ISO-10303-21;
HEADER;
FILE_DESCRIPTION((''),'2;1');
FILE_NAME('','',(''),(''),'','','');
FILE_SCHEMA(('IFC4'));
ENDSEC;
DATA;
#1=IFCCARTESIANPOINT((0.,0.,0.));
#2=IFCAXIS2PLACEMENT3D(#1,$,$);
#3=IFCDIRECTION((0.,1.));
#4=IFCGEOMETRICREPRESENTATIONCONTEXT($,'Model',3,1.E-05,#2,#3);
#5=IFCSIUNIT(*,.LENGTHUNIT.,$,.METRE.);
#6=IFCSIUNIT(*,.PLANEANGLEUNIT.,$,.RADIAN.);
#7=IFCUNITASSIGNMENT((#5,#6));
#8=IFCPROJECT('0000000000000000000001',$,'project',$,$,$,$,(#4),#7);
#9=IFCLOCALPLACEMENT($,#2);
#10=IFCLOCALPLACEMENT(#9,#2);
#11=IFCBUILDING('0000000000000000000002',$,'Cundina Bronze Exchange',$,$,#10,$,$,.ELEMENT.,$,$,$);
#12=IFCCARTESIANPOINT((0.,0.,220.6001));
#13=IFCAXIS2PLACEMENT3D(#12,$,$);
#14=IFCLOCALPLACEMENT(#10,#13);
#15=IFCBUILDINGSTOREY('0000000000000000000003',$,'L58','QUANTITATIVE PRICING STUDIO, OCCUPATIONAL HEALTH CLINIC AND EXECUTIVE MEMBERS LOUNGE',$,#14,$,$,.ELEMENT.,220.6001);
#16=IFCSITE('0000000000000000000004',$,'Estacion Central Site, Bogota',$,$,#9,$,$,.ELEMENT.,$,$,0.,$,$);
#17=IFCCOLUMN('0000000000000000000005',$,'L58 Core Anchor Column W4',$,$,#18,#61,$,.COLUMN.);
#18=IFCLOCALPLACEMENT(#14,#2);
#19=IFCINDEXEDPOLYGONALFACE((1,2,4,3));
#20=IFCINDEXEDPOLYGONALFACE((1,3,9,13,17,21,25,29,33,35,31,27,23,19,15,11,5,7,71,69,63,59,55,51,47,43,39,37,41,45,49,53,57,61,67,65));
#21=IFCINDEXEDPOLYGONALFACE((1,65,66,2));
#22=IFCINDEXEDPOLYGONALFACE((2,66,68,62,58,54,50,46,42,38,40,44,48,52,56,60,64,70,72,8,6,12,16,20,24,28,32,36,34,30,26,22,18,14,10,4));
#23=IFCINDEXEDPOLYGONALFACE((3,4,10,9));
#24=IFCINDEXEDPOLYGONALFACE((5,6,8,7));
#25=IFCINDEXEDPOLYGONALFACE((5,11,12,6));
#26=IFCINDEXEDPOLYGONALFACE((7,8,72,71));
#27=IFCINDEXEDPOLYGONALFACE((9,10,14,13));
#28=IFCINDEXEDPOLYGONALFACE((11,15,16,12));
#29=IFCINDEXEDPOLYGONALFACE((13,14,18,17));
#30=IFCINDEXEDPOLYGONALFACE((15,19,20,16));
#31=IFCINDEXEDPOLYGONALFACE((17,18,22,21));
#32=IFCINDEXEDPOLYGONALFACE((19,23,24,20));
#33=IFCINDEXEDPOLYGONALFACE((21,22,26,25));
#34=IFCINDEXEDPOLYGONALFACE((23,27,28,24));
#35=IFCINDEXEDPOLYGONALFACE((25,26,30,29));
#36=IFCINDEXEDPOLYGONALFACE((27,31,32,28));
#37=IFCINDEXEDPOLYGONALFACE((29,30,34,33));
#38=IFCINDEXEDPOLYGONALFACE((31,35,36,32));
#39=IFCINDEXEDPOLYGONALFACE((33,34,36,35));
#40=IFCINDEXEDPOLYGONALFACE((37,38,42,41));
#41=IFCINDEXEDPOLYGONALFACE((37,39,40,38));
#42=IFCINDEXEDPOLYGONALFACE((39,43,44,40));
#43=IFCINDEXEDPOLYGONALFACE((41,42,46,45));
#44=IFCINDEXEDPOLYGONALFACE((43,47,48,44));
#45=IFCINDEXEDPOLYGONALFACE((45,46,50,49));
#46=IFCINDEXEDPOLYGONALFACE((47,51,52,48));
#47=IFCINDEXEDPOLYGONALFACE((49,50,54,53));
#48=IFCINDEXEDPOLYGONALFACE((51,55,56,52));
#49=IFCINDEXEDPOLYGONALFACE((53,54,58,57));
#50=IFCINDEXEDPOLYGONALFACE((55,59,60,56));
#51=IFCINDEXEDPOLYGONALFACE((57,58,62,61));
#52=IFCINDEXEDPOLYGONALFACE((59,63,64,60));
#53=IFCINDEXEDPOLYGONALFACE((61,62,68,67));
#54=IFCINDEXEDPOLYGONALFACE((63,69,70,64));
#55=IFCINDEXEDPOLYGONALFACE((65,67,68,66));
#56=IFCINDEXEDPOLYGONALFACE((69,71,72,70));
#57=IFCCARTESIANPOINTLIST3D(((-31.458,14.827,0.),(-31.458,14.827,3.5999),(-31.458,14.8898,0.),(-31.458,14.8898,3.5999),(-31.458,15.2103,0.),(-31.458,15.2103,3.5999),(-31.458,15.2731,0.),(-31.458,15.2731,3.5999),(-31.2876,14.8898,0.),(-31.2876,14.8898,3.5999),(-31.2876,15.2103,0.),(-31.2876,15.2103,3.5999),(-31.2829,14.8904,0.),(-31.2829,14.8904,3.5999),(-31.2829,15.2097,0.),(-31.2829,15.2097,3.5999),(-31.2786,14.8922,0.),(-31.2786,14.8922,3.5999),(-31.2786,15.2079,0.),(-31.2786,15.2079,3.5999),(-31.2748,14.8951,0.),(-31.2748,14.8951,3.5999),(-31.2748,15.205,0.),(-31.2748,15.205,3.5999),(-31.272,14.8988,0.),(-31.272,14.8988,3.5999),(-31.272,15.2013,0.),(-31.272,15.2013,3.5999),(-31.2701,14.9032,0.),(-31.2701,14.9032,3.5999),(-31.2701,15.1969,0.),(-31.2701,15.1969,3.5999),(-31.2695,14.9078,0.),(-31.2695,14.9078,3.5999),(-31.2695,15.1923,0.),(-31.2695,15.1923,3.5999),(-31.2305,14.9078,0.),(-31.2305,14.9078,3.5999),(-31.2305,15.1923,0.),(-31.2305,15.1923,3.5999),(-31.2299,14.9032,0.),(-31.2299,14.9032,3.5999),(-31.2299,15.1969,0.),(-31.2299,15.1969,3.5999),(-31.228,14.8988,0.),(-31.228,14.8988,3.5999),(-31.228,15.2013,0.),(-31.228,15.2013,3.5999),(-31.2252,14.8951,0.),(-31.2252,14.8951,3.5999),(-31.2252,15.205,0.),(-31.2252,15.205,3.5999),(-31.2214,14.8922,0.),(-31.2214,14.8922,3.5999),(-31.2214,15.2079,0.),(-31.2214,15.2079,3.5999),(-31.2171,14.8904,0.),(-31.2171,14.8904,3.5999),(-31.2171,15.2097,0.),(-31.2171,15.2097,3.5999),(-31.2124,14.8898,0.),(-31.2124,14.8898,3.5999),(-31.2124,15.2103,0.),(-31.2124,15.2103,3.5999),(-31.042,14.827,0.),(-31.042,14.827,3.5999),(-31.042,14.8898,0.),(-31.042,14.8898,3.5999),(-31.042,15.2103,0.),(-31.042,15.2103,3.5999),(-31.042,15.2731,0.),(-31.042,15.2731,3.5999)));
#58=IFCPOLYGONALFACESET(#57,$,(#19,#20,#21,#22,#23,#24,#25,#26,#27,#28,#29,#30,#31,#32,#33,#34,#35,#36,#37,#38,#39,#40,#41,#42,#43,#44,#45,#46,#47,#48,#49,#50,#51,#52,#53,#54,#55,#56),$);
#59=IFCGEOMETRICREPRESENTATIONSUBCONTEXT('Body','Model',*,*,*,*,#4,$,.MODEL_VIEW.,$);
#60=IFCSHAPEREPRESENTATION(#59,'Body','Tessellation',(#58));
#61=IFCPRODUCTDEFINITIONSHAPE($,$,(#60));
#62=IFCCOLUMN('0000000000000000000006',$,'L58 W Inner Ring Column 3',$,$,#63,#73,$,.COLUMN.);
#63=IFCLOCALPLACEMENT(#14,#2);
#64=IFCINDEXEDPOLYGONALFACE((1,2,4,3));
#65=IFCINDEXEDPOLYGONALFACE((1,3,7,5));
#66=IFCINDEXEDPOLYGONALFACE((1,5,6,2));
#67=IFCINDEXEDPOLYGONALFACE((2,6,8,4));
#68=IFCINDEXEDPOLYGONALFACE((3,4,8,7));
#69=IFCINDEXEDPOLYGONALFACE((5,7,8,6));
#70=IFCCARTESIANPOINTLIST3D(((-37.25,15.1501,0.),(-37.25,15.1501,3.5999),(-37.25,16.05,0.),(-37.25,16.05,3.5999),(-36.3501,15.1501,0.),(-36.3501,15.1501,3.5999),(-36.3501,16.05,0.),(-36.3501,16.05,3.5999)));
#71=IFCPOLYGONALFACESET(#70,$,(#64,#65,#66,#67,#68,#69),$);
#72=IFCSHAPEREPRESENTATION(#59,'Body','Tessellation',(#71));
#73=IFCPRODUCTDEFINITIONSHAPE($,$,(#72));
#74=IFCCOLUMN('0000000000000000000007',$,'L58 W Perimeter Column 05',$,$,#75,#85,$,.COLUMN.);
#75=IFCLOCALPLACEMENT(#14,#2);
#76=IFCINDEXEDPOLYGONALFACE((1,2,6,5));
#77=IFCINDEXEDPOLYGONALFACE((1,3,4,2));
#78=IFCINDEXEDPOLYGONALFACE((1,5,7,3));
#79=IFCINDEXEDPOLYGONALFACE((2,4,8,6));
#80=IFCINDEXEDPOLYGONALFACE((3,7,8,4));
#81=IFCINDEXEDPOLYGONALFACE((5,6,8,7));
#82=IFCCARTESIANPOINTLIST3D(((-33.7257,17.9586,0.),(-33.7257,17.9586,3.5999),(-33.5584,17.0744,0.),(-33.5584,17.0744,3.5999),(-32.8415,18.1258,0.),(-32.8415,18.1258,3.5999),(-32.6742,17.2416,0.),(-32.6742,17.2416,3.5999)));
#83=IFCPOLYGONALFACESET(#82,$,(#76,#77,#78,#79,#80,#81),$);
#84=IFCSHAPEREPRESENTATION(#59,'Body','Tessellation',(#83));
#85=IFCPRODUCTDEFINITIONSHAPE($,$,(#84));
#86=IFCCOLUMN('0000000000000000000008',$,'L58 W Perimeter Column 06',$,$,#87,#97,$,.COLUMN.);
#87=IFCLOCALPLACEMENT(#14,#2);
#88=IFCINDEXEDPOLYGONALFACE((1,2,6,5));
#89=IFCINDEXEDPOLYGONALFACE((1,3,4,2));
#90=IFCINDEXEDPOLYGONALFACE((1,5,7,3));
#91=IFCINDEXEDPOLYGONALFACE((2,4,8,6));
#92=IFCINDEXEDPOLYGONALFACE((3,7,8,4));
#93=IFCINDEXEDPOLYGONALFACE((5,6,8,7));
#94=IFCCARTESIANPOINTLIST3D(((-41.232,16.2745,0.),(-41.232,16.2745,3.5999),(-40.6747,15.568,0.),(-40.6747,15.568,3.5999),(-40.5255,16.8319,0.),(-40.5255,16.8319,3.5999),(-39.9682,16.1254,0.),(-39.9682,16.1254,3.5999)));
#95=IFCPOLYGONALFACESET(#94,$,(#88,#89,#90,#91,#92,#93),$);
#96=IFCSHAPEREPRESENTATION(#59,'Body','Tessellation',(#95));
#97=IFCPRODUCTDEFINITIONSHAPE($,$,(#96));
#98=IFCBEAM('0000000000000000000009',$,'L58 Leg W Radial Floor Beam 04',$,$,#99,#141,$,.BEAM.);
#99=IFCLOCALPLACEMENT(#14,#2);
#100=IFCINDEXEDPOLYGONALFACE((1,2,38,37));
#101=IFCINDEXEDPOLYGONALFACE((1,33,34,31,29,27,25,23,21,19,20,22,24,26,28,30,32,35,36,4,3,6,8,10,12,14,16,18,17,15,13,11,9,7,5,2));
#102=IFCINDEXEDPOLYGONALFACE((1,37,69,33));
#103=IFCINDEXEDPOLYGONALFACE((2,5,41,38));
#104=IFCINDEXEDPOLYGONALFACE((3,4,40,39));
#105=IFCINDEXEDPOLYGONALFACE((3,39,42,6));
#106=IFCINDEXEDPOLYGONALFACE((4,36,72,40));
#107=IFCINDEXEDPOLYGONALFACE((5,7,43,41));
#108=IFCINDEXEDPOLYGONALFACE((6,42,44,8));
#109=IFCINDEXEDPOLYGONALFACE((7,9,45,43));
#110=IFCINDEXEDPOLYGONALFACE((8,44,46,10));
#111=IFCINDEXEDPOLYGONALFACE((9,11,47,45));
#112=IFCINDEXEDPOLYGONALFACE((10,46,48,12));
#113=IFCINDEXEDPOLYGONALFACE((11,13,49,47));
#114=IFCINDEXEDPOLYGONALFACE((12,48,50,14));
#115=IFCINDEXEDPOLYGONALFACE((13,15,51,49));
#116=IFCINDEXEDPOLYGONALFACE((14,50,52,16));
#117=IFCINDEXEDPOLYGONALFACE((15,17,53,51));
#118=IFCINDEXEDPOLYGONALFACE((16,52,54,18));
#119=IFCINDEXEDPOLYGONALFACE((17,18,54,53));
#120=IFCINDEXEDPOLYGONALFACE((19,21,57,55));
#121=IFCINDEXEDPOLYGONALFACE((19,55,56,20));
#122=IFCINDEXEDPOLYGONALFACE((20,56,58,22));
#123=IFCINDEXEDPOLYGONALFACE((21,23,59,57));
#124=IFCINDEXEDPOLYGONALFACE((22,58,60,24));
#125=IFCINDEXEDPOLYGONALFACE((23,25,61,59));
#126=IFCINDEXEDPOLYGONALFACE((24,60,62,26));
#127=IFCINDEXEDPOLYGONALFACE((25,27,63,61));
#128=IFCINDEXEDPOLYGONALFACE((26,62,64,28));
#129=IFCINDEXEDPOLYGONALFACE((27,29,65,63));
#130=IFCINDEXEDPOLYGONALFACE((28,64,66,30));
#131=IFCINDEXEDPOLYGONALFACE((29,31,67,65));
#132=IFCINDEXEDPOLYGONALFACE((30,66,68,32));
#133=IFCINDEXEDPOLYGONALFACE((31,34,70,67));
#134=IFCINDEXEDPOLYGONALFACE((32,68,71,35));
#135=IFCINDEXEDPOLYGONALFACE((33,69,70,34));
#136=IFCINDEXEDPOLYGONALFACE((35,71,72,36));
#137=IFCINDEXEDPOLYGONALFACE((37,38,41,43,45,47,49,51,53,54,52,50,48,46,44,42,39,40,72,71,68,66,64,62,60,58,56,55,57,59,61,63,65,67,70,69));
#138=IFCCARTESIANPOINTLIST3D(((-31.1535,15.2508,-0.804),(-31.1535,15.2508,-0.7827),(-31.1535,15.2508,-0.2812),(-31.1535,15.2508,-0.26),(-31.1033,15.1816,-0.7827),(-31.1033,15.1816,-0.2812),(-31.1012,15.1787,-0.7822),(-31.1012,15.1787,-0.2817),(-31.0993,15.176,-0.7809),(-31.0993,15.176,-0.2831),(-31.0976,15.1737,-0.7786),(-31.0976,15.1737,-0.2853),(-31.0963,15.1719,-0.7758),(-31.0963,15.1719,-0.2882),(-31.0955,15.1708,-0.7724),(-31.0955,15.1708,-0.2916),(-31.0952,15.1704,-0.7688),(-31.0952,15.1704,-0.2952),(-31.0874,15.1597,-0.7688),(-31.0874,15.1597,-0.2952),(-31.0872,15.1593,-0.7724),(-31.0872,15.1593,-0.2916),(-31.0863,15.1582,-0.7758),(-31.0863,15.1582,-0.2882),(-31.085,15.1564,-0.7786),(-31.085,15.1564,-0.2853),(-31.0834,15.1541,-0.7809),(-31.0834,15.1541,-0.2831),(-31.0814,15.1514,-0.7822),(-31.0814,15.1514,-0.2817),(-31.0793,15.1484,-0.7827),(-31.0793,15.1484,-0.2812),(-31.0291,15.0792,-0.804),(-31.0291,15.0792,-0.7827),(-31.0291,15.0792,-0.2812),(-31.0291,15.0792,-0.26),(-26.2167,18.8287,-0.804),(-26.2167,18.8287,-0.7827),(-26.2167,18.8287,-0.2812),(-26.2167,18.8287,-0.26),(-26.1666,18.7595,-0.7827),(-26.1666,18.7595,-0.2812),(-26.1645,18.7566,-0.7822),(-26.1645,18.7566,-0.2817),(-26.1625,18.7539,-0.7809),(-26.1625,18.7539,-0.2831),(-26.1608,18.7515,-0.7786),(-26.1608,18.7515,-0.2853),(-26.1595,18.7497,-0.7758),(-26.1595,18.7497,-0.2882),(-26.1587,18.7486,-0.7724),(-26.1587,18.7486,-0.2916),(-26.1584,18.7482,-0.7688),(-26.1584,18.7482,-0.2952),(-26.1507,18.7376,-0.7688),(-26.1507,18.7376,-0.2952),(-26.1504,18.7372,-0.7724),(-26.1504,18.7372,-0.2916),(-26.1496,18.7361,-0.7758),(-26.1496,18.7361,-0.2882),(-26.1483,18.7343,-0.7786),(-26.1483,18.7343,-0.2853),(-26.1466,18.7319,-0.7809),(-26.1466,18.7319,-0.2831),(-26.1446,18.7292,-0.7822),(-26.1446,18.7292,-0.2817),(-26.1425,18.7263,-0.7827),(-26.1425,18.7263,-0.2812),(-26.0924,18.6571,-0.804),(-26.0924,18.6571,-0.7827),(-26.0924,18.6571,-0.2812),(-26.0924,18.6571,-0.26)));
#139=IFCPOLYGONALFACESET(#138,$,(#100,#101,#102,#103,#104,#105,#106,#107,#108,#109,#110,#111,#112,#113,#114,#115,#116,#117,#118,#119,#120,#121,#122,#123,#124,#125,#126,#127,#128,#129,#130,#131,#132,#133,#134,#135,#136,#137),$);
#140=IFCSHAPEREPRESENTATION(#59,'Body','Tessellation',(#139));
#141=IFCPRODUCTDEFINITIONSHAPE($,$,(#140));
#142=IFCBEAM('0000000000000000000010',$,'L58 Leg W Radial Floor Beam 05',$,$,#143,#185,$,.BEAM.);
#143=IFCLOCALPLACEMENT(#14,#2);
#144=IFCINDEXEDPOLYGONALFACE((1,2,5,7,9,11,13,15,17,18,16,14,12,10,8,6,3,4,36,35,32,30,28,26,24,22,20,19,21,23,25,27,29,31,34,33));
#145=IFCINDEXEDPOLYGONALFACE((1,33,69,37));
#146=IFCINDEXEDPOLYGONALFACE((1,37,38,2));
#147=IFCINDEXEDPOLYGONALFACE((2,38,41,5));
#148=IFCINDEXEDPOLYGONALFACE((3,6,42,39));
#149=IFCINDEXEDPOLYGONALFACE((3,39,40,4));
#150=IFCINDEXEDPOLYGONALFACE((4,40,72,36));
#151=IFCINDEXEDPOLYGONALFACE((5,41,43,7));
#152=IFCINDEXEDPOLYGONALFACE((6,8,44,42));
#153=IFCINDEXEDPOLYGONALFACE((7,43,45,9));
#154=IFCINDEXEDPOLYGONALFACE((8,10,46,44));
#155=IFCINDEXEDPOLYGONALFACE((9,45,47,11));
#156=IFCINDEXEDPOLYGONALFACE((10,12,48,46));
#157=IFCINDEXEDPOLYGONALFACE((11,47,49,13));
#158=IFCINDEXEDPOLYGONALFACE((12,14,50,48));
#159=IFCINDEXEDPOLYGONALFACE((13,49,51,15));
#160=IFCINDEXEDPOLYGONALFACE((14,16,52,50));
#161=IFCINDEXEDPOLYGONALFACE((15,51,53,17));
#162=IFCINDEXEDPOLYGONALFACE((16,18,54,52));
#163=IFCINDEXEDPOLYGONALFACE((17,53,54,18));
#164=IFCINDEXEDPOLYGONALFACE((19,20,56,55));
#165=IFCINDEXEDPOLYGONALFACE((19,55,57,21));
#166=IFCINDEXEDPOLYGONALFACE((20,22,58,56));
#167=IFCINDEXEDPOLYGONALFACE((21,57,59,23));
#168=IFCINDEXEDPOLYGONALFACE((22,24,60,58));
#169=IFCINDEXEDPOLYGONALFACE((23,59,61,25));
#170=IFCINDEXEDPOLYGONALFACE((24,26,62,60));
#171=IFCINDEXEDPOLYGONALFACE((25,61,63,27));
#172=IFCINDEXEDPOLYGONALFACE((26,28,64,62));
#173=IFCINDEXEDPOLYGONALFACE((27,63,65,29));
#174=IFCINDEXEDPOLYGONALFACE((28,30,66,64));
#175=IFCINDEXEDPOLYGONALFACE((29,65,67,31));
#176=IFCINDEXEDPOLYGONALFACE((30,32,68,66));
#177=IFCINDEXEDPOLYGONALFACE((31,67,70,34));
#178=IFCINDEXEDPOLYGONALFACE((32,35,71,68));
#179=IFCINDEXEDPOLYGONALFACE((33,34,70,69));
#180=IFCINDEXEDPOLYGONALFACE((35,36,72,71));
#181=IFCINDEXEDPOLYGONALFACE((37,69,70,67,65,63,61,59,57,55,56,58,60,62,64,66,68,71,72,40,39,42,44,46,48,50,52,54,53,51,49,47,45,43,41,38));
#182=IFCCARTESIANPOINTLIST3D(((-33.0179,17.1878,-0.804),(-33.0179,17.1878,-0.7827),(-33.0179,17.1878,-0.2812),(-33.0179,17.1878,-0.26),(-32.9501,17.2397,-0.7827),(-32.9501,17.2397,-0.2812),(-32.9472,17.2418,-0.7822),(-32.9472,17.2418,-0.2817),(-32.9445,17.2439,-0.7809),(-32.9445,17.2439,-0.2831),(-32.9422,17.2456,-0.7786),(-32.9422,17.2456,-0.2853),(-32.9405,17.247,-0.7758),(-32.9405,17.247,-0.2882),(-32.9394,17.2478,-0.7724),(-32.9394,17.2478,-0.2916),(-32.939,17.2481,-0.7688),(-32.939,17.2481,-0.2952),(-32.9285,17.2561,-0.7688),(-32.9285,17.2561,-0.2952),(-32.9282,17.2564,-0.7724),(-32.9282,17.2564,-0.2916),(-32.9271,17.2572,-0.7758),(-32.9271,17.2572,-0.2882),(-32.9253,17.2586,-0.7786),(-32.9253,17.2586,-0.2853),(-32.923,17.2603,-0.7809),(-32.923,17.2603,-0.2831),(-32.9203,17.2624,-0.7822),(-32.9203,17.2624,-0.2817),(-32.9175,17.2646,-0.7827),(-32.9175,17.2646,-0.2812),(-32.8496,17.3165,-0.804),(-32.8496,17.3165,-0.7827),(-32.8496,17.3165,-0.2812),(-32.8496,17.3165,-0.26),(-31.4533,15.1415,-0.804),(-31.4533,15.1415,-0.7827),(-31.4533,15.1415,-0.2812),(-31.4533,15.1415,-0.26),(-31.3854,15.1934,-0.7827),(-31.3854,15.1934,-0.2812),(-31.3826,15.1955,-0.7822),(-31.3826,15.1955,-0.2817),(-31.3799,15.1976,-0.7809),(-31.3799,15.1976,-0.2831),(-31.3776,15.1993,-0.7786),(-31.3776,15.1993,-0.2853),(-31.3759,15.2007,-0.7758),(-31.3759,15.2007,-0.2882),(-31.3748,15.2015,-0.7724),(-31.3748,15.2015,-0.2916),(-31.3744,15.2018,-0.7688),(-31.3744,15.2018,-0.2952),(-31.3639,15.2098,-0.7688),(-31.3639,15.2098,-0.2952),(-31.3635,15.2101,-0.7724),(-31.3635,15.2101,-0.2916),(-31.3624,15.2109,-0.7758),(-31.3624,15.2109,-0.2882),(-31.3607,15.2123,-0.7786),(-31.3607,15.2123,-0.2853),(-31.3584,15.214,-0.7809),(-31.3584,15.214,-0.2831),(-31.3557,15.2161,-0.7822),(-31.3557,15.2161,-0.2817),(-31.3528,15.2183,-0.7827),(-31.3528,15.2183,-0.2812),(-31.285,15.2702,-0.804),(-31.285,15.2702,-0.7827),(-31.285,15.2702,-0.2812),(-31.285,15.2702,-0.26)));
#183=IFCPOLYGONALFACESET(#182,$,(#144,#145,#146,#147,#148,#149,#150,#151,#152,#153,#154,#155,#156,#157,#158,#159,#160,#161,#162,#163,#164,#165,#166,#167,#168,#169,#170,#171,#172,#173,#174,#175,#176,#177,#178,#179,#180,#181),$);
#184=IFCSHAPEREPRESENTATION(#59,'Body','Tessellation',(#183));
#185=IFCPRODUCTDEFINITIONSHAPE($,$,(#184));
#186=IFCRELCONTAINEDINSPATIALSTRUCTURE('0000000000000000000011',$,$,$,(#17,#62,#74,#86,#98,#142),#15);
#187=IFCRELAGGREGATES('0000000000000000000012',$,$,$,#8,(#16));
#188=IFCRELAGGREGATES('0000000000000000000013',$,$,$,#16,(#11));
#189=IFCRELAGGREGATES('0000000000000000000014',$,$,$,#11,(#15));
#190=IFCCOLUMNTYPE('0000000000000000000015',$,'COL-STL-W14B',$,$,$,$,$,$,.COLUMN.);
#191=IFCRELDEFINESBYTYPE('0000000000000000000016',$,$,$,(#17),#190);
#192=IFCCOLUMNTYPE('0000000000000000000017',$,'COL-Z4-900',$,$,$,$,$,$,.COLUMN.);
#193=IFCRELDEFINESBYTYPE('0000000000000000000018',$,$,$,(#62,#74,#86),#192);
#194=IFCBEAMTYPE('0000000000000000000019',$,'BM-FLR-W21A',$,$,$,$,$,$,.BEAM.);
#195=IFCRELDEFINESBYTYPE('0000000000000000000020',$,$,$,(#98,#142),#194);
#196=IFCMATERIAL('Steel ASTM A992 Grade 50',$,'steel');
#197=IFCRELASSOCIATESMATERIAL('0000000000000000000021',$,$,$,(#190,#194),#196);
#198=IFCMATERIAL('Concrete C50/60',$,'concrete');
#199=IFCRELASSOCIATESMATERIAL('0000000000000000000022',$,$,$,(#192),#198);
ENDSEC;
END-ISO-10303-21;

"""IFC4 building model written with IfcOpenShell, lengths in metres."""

from ifc_helpers import new_model, si_unit, direction, frame, origin, origin_2d, place, context, subcontext, project, spatial, rectangle, i_section, extrude, material, material_profile, profile_set, type_object, element, save


model = new_model("IFC4")

# Units and contexts
model_context = context("Model", 3, precision=1e-05, world=origin(), true_north=direction((0.0, 1.0)))
body_context = subcontext(model_context, "Body", "Model", "MODEL_VIEW")
ifc_project = project(units=[si_unit("LENGTHUNIT", "METRE"), si_unit("PLANEANGLEUNIT", "RADIAN")], contexts=[model_context])

# Site, building, storey
site_placement = place(None, origin())
site = spatial("IfcSite", under=ifc_project, at=site_placement, Name="Estacion Central Site, Bogota", CompositionType="ELEMENT", RefElevation=0.0)
building_placement = place(site_placement, origin())
building = spatial("IfcBuilding", under=site, at=building_placement, Name="Cundina Bronze Exchange", CompositionType="ELEMENT")
storey_placement = place(building_placement, frame((0.0, 0.0, 220.6001)))
storey = spatial("IfcBuildingStorey", under=building, at=storey_placement, Name="L58", Description="QUANTITATIVE PRICING STUDIO, OCCUPATIONAL HEALTH CLINIC AND EXECUTIVE MEMBERS LOUNGE", CompositionType="ELEMENT", Elevation=220.6001)

# Columns
ifc_material_1 = material(Name="Steel ASTM A992 Grade 50", Category="steel")
ifc_material_profile_1 = material_profile(ifc_material_1, i_section(OverallWidth=0.416, OverallDepth=0.446, WebThickness=0.0391, FlangeThickness=0.0627, FilletRadius=0.0181, at=origin_2d()), Name="W14X342", Category="steel")
ifc_profile_set_1 = profile_set([ifc_material_profile_1], Name="Steel ASTM A992 Grade 50")
column_type_1 = type_object("IfcColumnType", Name="COL-STL-W14B", PredefinedType="COLUMN", material=ifc_profile_set_1)
column_placement = place(storey_placement, frame((-31.25, 15.05, 0.0), z_axis=(0.0, 0.0, 1.0), x_axis=(1.0, 0.0, 0.0)))
element("IfcColumn", 1, at=column_placement, inside=storey, type_object=column_type_1, Name="L58 Core Anchor Column W4", PredefinedType="COLUMN", context=body_context, shape_type="SweptSolid", body=[
    extrude(i_section(OverallWidth=0.416, OverallDepth=0.446, WebThickness=0.0391, FlangeThickness=0.0627, FilletRadius=0.0181, at=origin_2d()), origin(), (0.0, 0.0, 1.0), 3.5999),
])
ifc_material_2 = material(Name="Concrete C50/60", Category="concrete")
ifc_material_profile_2 = material_profile(ifc_material_2, rectangle(XDim=0.8999, YDim=0.8999, at=origin_2d()), Name="RC900X900", Category="concrete")
ifc_profile_set_2 = profile_set([ifc_material_profile_2], Name="Concrete C50/60")
column_type_2 = type_object("IfcColumnType", Name="COL-Z4-900", PredefinedType="COLUMN", material=ifc_profile_set_2)
for number, where, z_axis, x_axis, name in (
    (2, (-36.8, 15.6001, 0.0), (0.0, 0.0, 1.0), (1.0, 0.0, 0.0), "L58 W Inner Ring Column 3"),
    (3, (-33.2, 17.6001, 0.0), (0.0, 0.0, 1.0), (-0.98258, -0.185838, 0.0), "L58 W Perimeter Column 05"),
    (4, (-40.6001, 16.2, 0.0), (0.0, 0.0, 1.0), (-0.785101, -0.619368, 0.0), "L58 W Perimeter Column 06"),
):
    element("IfcColumn", number, at=place(storey_placement, frame(where, z_axis=z_axis, x_axis=x_axis)), inside=storey, type_object=column_type_2, Name=name, PredefinedType="COLUMN", context=body_context, shape_type="SweptSolid", body=[
        extrude(rectangle(XDim=0.8999, YDim=0.8999, at=origin_2d()), origin(), (0.0, 0.0, 1.0), 3.5999),
    ])

# Beams
ifc_material_profile_3 = material_profile(ifc_material_1, i_section(OverallWidth=0.2119, OverallDepth=0.5439, WebThickness=0.0132, FlangeThickness=0.0212, FilletRadius=0.0139, at=origin_2d()), Name="W21X83", Category="steel")
ifc_profile_set_3 = profile_set([ifc_material_profile_3], Name="Steel ASTM A992 Grade 50")
beam_type_1 = type_object("IfcBeamType", Name="BM-FLR-W21A", PredefinedType="BEAM", material=ifc_profile_set_3)
beam_1_placement = place(storey_placement, frame((-31.0913, 15.165, -0.532), z_axis=(0.80971, 0.58683, 0.0), x_axis=(-0.58683, 0.80971, 0.0)))
element("IfcBeam", 5, at=beam_1_placement, inside=storey, type_object=beam_type_1, Name="L58 Leg W Radial Floor Beam 04", PredefinedType="BEAM", context=body_context, shape_type="SweptSolid", body=[
    extrude(i_section(OverallWidth=0.2119, OverallDepth=0.5439, WebThickness=0.0132, FlangeThickness=0.0212, FilletRadius=0.0139, at=origin_2d()), origin(), (0.0, 0.0, 1.0), 6.0969),
])
beam_2_placement = place(storey_placement, frame((-31.3691, 15.2058, -0.532), z_axis=(-0.607404, 0.794393, 0.0), x_axis=(-0.794393, -0.607404, 0.0)))
element("IfcBeam", 6, at=beam_2_placement, inside=storey, type_object=beam_type_1, Name="L58 Leg W Radial Floor Beam 05", PredefinedType="BEAM", context=body_context, shape_type="SweptSolid", body=[
    extrude(i_section(OverallWidth=0.2119, OverallDepth=0.5439, WebThickness=0.0132, FlangeThickness=0.0212, FilletRadius=0.0139, at=origin_2d()), origin(), (0.0, 0.0, 1.0), 2.5759),
])

save(model, "model.ifc")
